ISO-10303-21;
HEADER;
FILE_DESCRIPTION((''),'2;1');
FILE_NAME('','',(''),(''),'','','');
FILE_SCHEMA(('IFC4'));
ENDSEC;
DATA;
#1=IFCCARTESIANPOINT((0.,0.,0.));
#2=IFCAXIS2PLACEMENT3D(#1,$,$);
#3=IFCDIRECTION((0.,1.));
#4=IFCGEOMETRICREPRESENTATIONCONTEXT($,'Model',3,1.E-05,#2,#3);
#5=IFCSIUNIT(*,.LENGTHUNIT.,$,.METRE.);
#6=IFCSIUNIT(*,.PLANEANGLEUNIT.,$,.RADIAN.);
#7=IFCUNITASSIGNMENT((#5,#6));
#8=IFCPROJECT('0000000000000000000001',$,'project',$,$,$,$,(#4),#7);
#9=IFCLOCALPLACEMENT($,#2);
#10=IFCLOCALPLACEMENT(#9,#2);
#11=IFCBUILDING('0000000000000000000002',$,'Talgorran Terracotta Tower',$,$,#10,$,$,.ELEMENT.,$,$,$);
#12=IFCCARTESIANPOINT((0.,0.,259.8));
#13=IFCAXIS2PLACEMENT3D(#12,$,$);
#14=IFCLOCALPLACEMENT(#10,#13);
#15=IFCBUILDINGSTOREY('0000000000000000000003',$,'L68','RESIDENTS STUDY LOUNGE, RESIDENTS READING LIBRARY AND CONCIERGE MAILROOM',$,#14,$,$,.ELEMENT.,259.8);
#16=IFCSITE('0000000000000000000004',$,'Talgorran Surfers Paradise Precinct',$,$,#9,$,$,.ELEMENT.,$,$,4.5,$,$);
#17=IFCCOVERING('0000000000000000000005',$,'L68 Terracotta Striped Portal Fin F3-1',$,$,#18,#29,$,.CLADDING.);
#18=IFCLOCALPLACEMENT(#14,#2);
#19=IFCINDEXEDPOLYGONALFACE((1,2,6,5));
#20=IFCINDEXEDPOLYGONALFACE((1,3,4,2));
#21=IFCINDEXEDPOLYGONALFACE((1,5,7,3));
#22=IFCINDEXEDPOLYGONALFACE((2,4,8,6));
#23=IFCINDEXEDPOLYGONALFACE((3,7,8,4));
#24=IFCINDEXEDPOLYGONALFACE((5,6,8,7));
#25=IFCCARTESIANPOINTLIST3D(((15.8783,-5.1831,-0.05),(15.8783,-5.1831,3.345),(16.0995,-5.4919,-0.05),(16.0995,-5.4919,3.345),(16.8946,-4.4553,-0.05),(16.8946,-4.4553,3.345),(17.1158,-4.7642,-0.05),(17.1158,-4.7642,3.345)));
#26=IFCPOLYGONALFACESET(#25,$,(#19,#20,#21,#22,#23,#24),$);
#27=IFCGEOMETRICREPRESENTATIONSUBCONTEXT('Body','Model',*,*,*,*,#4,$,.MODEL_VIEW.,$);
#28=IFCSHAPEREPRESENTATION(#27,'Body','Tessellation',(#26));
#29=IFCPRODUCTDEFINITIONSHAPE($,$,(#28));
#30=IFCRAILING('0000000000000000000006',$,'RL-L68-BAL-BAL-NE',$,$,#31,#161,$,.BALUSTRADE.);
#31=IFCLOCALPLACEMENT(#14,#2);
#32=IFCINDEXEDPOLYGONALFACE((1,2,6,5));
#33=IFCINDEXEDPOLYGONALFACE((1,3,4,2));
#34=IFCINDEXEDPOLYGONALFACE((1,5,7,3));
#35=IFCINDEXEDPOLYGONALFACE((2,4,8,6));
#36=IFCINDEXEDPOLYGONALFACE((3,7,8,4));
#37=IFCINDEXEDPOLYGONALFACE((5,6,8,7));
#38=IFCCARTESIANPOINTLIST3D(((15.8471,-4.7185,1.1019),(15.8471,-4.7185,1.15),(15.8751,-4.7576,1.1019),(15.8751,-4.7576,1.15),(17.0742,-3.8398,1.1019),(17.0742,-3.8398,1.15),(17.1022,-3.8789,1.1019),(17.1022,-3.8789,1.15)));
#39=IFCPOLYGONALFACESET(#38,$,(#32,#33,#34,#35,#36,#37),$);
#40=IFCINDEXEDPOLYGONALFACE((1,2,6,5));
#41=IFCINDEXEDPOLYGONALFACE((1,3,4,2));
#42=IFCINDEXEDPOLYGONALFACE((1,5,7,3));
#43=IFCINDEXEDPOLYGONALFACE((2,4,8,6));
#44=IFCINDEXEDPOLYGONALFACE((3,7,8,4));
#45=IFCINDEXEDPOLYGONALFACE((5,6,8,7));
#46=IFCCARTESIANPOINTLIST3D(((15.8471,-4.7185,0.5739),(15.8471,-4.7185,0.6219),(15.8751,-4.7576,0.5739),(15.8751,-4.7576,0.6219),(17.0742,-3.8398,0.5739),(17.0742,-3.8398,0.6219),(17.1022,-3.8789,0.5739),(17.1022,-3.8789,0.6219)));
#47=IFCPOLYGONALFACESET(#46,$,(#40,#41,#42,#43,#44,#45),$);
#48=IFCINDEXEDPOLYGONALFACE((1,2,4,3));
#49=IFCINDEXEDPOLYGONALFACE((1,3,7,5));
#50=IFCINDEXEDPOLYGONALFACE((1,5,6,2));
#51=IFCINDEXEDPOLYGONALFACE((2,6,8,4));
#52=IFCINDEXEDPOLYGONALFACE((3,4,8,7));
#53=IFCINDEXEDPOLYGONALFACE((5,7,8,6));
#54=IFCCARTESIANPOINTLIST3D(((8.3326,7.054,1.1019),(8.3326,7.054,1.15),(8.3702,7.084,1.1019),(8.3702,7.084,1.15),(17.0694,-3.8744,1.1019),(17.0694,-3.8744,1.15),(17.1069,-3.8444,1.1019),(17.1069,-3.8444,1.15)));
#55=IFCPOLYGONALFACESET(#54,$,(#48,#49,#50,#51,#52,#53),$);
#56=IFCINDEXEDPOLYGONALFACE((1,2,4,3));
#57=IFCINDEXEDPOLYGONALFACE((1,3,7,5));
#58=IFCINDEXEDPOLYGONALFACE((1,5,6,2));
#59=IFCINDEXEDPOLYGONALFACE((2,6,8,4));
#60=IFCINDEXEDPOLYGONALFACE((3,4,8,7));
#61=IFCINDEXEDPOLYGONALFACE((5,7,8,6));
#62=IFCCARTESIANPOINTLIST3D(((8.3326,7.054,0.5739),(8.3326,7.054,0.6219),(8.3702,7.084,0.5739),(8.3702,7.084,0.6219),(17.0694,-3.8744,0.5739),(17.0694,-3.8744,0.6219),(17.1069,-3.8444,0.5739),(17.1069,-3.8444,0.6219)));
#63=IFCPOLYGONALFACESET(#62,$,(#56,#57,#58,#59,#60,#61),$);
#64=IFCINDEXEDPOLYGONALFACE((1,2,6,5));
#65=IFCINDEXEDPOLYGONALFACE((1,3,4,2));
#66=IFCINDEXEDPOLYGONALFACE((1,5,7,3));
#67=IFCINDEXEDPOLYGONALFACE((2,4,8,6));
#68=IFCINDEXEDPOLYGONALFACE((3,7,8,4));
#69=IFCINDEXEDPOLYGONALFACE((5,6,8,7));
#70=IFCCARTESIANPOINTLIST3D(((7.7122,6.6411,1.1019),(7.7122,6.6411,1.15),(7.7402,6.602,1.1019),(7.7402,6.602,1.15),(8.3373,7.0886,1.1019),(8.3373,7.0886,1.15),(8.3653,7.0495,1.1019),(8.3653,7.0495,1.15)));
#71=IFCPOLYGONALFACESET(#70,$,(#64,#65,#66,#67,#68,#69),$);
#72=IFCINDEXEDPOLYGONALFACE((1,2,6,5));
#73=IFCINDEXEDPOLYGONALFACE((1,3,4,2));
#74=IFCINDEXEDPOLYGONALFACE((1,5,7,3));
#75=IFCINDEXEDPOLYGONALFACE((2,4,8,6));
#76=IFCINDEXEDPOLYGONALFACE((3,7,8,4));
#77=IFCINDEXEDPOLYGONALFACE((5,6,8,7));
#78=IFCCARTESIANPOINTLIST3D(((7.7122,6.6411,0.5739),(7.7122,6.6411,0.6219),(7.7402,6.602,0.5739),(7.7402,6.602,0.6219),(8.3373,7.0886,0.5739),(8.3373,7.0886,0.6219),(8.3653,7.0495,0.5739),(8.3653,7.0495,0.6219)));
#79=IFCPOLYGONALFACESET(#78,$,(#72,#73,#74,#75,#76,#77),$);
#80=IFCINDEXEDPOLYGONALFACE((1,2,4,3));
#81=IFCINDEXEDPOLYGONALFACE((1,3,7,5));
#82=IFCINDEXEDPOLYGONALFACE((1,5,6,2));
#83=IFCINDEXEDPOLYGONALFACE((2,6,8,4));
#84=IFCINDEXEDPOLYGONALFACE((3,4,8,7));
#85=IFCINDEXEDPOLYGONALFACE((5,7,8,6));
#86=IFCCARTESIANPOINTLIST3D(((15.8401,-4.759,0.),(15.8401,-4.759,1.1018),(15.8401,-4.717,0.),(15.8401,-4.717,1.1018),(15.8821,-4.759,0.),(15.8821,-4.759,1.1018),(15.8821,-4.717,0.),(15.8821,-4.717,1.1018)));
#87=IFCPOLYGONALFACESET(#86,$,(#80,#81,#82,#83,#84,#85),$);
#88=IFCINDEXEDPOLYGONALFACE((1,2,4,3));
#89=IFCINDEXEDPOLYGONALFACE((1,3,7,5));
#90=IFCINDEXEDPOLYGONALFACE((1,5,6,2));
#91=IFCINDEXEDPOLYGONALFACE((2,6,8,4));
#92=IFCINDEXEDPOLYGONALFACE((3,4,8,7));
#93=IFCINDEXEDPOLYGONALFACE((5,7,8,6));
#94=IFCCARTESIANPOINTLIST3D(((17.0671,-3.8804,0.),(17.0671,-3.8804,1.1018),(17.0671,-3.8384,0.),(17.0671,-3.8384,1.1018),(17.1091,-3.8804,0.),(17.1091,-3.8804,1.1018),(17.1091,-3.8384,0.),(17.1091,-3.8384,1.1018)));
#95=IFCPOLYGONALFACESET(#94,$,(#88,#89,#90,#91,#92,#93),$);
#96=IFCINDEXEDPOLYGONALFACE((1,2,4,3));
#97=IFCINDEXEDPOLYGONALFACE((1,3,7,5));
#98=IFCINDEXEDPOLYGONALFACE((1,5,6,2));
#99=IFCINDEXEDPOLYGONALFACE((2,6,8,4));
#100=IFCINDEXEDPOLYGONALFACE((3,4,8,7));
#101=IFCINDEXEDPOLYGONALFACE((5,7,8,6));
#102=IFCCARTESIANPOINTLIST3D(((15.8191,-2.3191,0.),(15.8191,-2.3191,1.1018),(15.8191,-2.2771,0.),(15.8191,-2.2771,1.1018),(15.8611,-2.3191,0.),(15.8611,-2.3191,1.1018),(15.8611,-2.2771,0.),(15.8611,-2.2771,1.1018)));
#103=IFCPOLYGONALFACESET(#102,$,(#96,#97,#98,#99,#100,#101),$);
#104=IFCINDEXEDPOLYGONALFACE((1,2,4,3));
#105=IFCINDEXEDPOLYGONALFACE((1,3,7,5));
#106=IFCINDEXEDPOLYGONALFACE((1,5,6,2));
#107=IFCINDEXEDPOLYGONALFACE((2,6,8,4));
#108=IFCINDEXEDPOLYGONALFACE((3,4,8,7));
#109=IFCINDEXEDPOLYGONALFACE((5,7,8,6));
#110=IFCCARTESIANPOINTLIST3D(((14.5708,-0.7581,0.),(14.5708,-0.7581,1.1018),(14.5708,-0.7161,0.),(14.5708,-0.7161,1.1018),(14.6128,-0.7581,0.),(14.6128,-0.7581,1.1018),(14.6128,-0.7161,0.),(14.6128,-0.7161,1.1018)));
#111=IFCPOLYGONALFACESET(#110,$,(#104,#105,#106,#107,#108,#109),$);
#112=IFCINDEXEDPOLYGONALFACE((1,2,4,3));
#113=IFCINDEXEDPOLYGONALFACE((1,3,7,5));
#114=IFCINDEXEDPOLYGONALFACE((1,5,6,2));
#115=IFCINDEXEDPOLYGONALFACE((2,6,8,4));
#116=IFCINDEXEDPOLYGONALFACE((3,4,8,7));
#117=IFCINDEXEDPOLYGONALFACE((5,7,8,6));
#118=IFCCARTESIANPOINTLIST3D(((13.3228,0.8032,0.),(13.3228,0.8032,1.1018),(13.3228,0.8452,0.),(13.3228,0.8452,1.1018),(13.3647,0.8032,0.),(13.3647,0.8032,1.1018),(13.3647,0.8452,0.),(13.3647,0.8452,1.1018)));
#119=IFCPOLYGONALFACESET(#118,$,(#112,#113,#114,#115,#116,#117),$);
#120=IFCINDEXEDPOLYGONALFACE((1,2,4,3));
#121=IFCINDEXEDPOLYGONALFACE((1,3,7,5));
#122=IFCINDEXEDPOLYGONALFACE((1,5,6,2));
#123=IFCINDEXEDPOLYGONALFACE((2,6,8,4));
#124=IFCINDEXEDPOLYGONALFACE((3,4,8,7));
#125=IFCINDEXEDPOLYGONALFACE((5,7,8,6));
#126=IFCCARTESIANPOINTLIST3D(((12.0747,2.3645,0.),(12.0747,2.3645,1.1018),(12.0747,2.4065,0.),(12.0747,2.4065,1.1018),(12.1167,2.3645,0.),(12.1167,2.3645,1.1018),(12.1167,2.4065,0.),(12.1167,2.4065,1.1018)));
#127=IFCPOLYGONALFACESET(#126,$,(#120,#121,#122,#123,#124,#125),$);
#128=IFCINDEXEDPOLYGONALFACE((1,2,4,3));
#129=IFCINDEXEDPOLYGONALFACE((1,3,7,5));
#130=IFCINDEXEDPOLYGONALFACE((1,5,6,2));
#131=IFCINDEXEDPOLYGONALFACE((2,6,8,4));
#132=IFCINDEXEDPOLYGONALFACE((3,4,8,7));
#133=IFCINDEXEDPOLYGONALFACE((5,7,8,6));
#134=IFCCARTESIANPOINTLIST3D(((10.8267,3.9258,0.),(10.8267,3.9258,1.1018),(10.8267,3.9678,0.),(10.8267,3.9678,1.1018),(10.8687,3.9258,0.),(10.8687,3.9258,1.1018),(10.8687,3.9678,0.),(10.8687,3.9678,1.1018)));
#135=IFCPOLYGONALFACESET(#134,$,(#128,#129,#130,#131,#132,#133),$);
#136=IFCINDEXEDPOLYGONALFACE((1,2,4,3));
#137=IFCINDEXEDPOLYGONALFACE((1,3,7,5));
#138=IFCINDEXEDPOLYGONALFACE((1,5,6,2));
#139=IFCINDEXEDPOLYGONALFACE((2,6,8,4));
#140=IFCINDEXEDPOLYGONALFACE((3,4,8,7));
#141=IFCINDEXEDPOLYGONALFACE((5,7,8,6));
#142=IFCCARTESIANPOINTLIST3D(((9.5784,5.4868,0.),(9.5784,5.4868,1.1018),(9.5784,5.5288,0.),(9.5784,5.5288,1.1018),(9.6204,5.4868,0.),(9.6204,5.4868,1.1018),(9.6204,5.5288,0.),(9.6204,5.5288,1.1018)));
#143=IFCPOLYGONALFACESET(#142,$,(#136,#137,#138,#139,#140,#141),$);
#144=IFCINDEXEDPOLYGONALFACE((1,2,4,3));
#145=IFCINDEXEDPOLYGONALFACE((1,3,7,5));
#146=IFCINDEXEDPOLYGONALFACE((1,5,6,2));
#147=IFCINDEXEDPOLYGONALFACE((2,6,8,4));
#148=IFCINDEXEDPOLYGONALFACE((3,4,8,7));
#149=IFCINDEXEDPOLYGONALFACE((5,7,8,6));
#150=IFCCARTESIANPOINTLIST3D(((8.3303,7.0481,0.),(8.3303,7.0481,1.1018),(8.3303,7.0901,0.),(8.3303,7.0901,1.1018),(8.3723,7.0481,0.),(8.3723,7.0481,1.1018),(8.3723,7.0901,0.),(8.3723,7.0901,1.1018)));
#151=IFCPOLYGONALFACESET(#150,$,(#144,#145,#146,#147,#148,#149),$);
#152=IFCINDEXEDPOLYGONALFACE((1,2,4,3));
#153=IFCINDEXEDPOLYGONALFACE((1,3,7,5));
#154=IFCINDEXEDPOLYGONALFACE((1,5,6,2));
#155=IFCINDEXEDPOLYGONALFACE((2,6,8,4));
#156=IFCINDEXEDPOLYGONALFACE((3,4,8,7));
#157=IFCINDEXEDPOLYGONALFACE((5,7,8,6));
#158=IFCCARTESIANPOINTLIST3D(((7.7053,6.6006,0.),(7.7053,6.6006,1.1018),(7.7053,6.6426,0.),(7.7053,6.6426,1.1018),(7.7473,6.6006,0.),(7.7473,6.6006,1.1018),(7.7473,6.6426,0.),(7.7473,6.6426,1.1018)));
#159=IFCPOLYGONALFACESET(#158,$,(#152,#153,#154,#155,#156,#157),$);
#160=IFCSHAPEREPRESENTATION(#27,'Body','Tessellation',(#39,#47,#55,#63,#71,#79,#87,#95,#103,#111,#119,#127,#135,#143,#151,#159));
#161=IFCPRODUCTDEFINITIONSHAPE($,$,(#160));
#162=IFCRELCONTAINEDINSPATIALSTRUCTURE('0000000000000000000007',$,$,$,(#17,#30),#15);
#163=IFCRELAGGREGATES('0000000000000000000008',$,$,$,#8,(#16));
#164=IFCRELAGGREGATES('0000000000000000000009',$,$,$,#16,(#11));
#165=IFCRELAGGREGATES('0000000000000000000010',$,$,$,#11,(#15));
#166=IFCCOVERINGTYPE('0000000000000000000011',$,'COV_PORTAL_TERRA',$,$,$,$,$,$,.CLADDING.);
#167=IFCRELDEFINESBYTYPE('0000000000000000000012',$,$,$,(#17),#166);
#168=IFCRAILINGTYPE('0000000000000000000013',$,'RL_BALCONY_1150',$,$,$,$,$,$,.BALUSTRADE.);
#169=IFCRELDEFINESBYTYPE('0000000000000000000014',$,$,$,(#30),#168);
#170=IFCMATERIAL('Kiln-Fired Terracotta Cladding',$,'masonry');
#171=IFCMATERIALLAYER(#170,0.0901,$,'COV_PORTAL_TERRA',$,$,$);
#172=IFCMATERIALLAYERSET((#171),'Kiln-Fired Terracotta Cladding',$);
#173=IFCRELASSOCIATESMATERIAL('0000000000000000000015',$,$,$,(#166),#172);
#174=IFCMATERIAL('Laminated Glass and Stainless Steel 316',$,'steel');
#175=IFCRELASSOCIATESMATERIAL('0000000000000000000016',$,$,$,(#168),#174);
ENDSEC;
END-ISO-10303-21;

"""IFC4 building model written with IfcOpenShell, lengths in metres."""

from ifc_helpers import new_model, si_unit, direction, frame, origin, origin_2d, place, context, subcontext, project, spatial, rectangle, extrude, material, layer, layer_set, type_object, element, save


model = new_model("IFC4")

# Units and contexts
model_context = context("Model", 3, precision=1e-05, world=origin(), true_north=direction((0.0, 1.0)))
body_context = subcontext(model_context, "Body", "Model", "MODEL_VIEW")
ifc_project = project(units=[si_unit("LENGTHUNIT", "METRE"), si_unit("PLANEANGLEUNIT", "RADIAN")], contexts=[model_context])

# Site, building, storey
site_placement = place(None, origin())
site = spatial("IfcSite", under=ifc_project, at=site_placement, Name="Talgorran Surfers Paradise Precinct", CompositionType="ELEMENT", RefElevation=4.5)
building_placement = place(site_placement, origin())
building = spatial("IfcBuilding", under=site, at=building_placement, Name="Talgorran Terracotta Tower", CompositionType="ELEMENT")
storey_placement = place(building_placement, frame((0.0, 0.0, 259.8)))
storey = spatial("IfcBuildingStorey", under=building, at=storey_placement, Name="L68", Description="RESIDENTS STUDY LOUNGE, RESIDENTS READING LIBRARY AND CONCIERGE MAILROOM", CompositionType="ELEMENT", Elevation=259.8)

# Covering
ifc_material_1 = material(Name="Kiln-Fired Terracotta Cladding", Category="masonry")
ifc_layer_1 = layer(ifc_material_1, 0.0901, Name="COV_PORTAL_TERRA")
ifc_layer_set_1 = layer_set([ifc_layer_1], Name="Kiln-Fired Terracotta Cladding")
covering_type_1 = type_object("IfcCoveringType", Name="COV_PORTAL_TERRA", PredefinedType="CLADDING", material=ifc_layer_set_1)
covering_1_placement = place(storey_placement, frame((16.4971, -4.9736, -0.05), z_axis=(0.0, 0.0, 1.0), x_axis=(-0.582208, 0.81304, 0.0)))
element("IfcCovering", 1, at=covering_1_placement, inside=storey, type_object=covering_type_1, Name="L68 Terracotta Striped Portal Fin F3-1", PredefinedType="CLADDING", context=body_context, shape_type="SweptSolid", body=[
    extrude(rectangle(XDim=0.3799, YDim=1.25, at=origin_2d()), origin(), (0.0, 0.0, 1.0), 3.395),
])

# Railing
ifc_material_2 = material(Name="Laminated Glass and Stainless Steel 316", Category="steel")
railing_type = type_object("IfcRailingType", Name="RL_BALCONY_1150", PredefinedType="BALUSTRADE", material=ifc_material_2)
railing_placement = place(storey_placement, frame((15.8611, -4.738, 0.0)))
element("IfcRailing", 2, at=railing_placement, inside=storey, type_object=railing_type, Name="RL-L68-BAL-BAL-NE", PredefinedType="BALUSTRADE", context=body_context, shape_type="SweptSolid", body=[
    extrude(rectangle(XDim=0.0481, YDim=0.0481, at=origin_2d()), frame((0.0, 0.0, 1.126), z_axis=(0.813044, 0.582202, 0.0), x_axis=(-0.582202, 0.813044, 0.0)), (0.0, 0.0, 1.0), 1.5093),
    extrude(rectangle(XDim=0.0481, YDim=0.0481, at=origin_2d()), frame((0.0, 0.0, 0.5979), z_axis=(0.813044, 0.582202, 0.0), x_axis=(-0.582202, 0.813044, 0.0)), (0.0, 0.0, 1.0), 1.5093),
    extrude(rectangle(XDim=0.0481, YDim=0.0481, at=origin_2d()), frame((1.2271, 0.8787, 1.126), z_axis=(-0.624435, 0.781076, 0.0), x_axis=(-0.781076, -0.624435, 0.0)), (0.0, 0.0, 1.0), 13.9915),
    extrude(rectangle(XDim=0.0481, YDim=0.0481, at=origin_2d()), frame((1.2271, 0.8787, 0.5979), z_axis=(-0.624435, 0.781076, 0.0), x_axis=(-0.781076, -0.624435, 0.0)), (0.0, 0.0, 1.0), 13.9915),
    extrude(rectangle(XDim=0.0481, YDim=0.0481, at=origin_2d()), frame((-7.5098, 11.8071, 1.126), z_axis=(-0.813068, -0.582169, 0.0), x_axis=(0.582169, -0.813068, 0.0)), (0.0, 0.0, 1.0), 0.7688),
    extrude(rectangle(XDim=0.0481, YDim=0.0481, at=origin_2d()), frame((-7.5098, 11.8071, 0.5979), z_axis=(-0.813068, -0.582169, 0.0), x_axis=(0.582169, -0.813068, 0.0)), (0.0, 0.0, 1.0), 0.7688),
    extrude(rectangle(XDim=0.042, YDim=0.042, at=origin_2d()), origin(), (0.0, 0.0, 1.0), 1.1018),
    extrude(rectangle(XDim=0.042, YDim=0.042, at=origin_2d()), frame((1.2271, 0.8787, 0.0)), (0.0, 0.0, 1.0), 1.1018),
    extrude(rectangle(XDim=0.042, YDim=0.042, at=origin_2d()), frame((-0.021, 2.4399, 0.0)), (0.0, 0.0, 1.0), 1.1018),
    extrude(rectangle(XDim=0.042, YDim=0.042, at=origin_2d()), frame((-1.2693, 4.001, 0.0)), (0.0, 0.0, 1.0), 1.1018),
    extrude(rectangle(XDim=0.042, YDim=0.042, at=origin_2d()), frame((-2.5173, 5.5623, 0.0)), (0.0, 0.0, 1.0), 1.1018),
    extrude(rectangle(XDim=0.042, YDim=0.042, at=origin_2d()), frame((-3.7654, 7.1235, 0.0)), (0.0, 0.0, 1.0), 1.1018),
    extrude(rectangle(XDim=0.042, YDim=0.042, at=origin_2d()), frame((-5.0134, 8.6848, 0.0)), (0.0, 0.0, 1.0), 1.1018),
    extrude(rectangle(XDim=0.042, YDim=0.042, at=origin_2d()), frame((-6.2617, 10.2458, 0.0)), (0.0, 0.0, 1.0), 1.1018),
    extrude(rectangle(XDim=0.042, YDim=0.042, at=origin_2d()), frame((-7.5098, 11.8071, 0.0)), (0.0, 0.0, 1.0), 1.1018),
    extrude(rectangle(XDim=0.042, YDim=0.042, at=origin_2d()), frame((-8.1348, 11.3596, 0.0)), (0.0, 0.0, 1.0), 1.1018),
])

save(model, "model.ifc")
